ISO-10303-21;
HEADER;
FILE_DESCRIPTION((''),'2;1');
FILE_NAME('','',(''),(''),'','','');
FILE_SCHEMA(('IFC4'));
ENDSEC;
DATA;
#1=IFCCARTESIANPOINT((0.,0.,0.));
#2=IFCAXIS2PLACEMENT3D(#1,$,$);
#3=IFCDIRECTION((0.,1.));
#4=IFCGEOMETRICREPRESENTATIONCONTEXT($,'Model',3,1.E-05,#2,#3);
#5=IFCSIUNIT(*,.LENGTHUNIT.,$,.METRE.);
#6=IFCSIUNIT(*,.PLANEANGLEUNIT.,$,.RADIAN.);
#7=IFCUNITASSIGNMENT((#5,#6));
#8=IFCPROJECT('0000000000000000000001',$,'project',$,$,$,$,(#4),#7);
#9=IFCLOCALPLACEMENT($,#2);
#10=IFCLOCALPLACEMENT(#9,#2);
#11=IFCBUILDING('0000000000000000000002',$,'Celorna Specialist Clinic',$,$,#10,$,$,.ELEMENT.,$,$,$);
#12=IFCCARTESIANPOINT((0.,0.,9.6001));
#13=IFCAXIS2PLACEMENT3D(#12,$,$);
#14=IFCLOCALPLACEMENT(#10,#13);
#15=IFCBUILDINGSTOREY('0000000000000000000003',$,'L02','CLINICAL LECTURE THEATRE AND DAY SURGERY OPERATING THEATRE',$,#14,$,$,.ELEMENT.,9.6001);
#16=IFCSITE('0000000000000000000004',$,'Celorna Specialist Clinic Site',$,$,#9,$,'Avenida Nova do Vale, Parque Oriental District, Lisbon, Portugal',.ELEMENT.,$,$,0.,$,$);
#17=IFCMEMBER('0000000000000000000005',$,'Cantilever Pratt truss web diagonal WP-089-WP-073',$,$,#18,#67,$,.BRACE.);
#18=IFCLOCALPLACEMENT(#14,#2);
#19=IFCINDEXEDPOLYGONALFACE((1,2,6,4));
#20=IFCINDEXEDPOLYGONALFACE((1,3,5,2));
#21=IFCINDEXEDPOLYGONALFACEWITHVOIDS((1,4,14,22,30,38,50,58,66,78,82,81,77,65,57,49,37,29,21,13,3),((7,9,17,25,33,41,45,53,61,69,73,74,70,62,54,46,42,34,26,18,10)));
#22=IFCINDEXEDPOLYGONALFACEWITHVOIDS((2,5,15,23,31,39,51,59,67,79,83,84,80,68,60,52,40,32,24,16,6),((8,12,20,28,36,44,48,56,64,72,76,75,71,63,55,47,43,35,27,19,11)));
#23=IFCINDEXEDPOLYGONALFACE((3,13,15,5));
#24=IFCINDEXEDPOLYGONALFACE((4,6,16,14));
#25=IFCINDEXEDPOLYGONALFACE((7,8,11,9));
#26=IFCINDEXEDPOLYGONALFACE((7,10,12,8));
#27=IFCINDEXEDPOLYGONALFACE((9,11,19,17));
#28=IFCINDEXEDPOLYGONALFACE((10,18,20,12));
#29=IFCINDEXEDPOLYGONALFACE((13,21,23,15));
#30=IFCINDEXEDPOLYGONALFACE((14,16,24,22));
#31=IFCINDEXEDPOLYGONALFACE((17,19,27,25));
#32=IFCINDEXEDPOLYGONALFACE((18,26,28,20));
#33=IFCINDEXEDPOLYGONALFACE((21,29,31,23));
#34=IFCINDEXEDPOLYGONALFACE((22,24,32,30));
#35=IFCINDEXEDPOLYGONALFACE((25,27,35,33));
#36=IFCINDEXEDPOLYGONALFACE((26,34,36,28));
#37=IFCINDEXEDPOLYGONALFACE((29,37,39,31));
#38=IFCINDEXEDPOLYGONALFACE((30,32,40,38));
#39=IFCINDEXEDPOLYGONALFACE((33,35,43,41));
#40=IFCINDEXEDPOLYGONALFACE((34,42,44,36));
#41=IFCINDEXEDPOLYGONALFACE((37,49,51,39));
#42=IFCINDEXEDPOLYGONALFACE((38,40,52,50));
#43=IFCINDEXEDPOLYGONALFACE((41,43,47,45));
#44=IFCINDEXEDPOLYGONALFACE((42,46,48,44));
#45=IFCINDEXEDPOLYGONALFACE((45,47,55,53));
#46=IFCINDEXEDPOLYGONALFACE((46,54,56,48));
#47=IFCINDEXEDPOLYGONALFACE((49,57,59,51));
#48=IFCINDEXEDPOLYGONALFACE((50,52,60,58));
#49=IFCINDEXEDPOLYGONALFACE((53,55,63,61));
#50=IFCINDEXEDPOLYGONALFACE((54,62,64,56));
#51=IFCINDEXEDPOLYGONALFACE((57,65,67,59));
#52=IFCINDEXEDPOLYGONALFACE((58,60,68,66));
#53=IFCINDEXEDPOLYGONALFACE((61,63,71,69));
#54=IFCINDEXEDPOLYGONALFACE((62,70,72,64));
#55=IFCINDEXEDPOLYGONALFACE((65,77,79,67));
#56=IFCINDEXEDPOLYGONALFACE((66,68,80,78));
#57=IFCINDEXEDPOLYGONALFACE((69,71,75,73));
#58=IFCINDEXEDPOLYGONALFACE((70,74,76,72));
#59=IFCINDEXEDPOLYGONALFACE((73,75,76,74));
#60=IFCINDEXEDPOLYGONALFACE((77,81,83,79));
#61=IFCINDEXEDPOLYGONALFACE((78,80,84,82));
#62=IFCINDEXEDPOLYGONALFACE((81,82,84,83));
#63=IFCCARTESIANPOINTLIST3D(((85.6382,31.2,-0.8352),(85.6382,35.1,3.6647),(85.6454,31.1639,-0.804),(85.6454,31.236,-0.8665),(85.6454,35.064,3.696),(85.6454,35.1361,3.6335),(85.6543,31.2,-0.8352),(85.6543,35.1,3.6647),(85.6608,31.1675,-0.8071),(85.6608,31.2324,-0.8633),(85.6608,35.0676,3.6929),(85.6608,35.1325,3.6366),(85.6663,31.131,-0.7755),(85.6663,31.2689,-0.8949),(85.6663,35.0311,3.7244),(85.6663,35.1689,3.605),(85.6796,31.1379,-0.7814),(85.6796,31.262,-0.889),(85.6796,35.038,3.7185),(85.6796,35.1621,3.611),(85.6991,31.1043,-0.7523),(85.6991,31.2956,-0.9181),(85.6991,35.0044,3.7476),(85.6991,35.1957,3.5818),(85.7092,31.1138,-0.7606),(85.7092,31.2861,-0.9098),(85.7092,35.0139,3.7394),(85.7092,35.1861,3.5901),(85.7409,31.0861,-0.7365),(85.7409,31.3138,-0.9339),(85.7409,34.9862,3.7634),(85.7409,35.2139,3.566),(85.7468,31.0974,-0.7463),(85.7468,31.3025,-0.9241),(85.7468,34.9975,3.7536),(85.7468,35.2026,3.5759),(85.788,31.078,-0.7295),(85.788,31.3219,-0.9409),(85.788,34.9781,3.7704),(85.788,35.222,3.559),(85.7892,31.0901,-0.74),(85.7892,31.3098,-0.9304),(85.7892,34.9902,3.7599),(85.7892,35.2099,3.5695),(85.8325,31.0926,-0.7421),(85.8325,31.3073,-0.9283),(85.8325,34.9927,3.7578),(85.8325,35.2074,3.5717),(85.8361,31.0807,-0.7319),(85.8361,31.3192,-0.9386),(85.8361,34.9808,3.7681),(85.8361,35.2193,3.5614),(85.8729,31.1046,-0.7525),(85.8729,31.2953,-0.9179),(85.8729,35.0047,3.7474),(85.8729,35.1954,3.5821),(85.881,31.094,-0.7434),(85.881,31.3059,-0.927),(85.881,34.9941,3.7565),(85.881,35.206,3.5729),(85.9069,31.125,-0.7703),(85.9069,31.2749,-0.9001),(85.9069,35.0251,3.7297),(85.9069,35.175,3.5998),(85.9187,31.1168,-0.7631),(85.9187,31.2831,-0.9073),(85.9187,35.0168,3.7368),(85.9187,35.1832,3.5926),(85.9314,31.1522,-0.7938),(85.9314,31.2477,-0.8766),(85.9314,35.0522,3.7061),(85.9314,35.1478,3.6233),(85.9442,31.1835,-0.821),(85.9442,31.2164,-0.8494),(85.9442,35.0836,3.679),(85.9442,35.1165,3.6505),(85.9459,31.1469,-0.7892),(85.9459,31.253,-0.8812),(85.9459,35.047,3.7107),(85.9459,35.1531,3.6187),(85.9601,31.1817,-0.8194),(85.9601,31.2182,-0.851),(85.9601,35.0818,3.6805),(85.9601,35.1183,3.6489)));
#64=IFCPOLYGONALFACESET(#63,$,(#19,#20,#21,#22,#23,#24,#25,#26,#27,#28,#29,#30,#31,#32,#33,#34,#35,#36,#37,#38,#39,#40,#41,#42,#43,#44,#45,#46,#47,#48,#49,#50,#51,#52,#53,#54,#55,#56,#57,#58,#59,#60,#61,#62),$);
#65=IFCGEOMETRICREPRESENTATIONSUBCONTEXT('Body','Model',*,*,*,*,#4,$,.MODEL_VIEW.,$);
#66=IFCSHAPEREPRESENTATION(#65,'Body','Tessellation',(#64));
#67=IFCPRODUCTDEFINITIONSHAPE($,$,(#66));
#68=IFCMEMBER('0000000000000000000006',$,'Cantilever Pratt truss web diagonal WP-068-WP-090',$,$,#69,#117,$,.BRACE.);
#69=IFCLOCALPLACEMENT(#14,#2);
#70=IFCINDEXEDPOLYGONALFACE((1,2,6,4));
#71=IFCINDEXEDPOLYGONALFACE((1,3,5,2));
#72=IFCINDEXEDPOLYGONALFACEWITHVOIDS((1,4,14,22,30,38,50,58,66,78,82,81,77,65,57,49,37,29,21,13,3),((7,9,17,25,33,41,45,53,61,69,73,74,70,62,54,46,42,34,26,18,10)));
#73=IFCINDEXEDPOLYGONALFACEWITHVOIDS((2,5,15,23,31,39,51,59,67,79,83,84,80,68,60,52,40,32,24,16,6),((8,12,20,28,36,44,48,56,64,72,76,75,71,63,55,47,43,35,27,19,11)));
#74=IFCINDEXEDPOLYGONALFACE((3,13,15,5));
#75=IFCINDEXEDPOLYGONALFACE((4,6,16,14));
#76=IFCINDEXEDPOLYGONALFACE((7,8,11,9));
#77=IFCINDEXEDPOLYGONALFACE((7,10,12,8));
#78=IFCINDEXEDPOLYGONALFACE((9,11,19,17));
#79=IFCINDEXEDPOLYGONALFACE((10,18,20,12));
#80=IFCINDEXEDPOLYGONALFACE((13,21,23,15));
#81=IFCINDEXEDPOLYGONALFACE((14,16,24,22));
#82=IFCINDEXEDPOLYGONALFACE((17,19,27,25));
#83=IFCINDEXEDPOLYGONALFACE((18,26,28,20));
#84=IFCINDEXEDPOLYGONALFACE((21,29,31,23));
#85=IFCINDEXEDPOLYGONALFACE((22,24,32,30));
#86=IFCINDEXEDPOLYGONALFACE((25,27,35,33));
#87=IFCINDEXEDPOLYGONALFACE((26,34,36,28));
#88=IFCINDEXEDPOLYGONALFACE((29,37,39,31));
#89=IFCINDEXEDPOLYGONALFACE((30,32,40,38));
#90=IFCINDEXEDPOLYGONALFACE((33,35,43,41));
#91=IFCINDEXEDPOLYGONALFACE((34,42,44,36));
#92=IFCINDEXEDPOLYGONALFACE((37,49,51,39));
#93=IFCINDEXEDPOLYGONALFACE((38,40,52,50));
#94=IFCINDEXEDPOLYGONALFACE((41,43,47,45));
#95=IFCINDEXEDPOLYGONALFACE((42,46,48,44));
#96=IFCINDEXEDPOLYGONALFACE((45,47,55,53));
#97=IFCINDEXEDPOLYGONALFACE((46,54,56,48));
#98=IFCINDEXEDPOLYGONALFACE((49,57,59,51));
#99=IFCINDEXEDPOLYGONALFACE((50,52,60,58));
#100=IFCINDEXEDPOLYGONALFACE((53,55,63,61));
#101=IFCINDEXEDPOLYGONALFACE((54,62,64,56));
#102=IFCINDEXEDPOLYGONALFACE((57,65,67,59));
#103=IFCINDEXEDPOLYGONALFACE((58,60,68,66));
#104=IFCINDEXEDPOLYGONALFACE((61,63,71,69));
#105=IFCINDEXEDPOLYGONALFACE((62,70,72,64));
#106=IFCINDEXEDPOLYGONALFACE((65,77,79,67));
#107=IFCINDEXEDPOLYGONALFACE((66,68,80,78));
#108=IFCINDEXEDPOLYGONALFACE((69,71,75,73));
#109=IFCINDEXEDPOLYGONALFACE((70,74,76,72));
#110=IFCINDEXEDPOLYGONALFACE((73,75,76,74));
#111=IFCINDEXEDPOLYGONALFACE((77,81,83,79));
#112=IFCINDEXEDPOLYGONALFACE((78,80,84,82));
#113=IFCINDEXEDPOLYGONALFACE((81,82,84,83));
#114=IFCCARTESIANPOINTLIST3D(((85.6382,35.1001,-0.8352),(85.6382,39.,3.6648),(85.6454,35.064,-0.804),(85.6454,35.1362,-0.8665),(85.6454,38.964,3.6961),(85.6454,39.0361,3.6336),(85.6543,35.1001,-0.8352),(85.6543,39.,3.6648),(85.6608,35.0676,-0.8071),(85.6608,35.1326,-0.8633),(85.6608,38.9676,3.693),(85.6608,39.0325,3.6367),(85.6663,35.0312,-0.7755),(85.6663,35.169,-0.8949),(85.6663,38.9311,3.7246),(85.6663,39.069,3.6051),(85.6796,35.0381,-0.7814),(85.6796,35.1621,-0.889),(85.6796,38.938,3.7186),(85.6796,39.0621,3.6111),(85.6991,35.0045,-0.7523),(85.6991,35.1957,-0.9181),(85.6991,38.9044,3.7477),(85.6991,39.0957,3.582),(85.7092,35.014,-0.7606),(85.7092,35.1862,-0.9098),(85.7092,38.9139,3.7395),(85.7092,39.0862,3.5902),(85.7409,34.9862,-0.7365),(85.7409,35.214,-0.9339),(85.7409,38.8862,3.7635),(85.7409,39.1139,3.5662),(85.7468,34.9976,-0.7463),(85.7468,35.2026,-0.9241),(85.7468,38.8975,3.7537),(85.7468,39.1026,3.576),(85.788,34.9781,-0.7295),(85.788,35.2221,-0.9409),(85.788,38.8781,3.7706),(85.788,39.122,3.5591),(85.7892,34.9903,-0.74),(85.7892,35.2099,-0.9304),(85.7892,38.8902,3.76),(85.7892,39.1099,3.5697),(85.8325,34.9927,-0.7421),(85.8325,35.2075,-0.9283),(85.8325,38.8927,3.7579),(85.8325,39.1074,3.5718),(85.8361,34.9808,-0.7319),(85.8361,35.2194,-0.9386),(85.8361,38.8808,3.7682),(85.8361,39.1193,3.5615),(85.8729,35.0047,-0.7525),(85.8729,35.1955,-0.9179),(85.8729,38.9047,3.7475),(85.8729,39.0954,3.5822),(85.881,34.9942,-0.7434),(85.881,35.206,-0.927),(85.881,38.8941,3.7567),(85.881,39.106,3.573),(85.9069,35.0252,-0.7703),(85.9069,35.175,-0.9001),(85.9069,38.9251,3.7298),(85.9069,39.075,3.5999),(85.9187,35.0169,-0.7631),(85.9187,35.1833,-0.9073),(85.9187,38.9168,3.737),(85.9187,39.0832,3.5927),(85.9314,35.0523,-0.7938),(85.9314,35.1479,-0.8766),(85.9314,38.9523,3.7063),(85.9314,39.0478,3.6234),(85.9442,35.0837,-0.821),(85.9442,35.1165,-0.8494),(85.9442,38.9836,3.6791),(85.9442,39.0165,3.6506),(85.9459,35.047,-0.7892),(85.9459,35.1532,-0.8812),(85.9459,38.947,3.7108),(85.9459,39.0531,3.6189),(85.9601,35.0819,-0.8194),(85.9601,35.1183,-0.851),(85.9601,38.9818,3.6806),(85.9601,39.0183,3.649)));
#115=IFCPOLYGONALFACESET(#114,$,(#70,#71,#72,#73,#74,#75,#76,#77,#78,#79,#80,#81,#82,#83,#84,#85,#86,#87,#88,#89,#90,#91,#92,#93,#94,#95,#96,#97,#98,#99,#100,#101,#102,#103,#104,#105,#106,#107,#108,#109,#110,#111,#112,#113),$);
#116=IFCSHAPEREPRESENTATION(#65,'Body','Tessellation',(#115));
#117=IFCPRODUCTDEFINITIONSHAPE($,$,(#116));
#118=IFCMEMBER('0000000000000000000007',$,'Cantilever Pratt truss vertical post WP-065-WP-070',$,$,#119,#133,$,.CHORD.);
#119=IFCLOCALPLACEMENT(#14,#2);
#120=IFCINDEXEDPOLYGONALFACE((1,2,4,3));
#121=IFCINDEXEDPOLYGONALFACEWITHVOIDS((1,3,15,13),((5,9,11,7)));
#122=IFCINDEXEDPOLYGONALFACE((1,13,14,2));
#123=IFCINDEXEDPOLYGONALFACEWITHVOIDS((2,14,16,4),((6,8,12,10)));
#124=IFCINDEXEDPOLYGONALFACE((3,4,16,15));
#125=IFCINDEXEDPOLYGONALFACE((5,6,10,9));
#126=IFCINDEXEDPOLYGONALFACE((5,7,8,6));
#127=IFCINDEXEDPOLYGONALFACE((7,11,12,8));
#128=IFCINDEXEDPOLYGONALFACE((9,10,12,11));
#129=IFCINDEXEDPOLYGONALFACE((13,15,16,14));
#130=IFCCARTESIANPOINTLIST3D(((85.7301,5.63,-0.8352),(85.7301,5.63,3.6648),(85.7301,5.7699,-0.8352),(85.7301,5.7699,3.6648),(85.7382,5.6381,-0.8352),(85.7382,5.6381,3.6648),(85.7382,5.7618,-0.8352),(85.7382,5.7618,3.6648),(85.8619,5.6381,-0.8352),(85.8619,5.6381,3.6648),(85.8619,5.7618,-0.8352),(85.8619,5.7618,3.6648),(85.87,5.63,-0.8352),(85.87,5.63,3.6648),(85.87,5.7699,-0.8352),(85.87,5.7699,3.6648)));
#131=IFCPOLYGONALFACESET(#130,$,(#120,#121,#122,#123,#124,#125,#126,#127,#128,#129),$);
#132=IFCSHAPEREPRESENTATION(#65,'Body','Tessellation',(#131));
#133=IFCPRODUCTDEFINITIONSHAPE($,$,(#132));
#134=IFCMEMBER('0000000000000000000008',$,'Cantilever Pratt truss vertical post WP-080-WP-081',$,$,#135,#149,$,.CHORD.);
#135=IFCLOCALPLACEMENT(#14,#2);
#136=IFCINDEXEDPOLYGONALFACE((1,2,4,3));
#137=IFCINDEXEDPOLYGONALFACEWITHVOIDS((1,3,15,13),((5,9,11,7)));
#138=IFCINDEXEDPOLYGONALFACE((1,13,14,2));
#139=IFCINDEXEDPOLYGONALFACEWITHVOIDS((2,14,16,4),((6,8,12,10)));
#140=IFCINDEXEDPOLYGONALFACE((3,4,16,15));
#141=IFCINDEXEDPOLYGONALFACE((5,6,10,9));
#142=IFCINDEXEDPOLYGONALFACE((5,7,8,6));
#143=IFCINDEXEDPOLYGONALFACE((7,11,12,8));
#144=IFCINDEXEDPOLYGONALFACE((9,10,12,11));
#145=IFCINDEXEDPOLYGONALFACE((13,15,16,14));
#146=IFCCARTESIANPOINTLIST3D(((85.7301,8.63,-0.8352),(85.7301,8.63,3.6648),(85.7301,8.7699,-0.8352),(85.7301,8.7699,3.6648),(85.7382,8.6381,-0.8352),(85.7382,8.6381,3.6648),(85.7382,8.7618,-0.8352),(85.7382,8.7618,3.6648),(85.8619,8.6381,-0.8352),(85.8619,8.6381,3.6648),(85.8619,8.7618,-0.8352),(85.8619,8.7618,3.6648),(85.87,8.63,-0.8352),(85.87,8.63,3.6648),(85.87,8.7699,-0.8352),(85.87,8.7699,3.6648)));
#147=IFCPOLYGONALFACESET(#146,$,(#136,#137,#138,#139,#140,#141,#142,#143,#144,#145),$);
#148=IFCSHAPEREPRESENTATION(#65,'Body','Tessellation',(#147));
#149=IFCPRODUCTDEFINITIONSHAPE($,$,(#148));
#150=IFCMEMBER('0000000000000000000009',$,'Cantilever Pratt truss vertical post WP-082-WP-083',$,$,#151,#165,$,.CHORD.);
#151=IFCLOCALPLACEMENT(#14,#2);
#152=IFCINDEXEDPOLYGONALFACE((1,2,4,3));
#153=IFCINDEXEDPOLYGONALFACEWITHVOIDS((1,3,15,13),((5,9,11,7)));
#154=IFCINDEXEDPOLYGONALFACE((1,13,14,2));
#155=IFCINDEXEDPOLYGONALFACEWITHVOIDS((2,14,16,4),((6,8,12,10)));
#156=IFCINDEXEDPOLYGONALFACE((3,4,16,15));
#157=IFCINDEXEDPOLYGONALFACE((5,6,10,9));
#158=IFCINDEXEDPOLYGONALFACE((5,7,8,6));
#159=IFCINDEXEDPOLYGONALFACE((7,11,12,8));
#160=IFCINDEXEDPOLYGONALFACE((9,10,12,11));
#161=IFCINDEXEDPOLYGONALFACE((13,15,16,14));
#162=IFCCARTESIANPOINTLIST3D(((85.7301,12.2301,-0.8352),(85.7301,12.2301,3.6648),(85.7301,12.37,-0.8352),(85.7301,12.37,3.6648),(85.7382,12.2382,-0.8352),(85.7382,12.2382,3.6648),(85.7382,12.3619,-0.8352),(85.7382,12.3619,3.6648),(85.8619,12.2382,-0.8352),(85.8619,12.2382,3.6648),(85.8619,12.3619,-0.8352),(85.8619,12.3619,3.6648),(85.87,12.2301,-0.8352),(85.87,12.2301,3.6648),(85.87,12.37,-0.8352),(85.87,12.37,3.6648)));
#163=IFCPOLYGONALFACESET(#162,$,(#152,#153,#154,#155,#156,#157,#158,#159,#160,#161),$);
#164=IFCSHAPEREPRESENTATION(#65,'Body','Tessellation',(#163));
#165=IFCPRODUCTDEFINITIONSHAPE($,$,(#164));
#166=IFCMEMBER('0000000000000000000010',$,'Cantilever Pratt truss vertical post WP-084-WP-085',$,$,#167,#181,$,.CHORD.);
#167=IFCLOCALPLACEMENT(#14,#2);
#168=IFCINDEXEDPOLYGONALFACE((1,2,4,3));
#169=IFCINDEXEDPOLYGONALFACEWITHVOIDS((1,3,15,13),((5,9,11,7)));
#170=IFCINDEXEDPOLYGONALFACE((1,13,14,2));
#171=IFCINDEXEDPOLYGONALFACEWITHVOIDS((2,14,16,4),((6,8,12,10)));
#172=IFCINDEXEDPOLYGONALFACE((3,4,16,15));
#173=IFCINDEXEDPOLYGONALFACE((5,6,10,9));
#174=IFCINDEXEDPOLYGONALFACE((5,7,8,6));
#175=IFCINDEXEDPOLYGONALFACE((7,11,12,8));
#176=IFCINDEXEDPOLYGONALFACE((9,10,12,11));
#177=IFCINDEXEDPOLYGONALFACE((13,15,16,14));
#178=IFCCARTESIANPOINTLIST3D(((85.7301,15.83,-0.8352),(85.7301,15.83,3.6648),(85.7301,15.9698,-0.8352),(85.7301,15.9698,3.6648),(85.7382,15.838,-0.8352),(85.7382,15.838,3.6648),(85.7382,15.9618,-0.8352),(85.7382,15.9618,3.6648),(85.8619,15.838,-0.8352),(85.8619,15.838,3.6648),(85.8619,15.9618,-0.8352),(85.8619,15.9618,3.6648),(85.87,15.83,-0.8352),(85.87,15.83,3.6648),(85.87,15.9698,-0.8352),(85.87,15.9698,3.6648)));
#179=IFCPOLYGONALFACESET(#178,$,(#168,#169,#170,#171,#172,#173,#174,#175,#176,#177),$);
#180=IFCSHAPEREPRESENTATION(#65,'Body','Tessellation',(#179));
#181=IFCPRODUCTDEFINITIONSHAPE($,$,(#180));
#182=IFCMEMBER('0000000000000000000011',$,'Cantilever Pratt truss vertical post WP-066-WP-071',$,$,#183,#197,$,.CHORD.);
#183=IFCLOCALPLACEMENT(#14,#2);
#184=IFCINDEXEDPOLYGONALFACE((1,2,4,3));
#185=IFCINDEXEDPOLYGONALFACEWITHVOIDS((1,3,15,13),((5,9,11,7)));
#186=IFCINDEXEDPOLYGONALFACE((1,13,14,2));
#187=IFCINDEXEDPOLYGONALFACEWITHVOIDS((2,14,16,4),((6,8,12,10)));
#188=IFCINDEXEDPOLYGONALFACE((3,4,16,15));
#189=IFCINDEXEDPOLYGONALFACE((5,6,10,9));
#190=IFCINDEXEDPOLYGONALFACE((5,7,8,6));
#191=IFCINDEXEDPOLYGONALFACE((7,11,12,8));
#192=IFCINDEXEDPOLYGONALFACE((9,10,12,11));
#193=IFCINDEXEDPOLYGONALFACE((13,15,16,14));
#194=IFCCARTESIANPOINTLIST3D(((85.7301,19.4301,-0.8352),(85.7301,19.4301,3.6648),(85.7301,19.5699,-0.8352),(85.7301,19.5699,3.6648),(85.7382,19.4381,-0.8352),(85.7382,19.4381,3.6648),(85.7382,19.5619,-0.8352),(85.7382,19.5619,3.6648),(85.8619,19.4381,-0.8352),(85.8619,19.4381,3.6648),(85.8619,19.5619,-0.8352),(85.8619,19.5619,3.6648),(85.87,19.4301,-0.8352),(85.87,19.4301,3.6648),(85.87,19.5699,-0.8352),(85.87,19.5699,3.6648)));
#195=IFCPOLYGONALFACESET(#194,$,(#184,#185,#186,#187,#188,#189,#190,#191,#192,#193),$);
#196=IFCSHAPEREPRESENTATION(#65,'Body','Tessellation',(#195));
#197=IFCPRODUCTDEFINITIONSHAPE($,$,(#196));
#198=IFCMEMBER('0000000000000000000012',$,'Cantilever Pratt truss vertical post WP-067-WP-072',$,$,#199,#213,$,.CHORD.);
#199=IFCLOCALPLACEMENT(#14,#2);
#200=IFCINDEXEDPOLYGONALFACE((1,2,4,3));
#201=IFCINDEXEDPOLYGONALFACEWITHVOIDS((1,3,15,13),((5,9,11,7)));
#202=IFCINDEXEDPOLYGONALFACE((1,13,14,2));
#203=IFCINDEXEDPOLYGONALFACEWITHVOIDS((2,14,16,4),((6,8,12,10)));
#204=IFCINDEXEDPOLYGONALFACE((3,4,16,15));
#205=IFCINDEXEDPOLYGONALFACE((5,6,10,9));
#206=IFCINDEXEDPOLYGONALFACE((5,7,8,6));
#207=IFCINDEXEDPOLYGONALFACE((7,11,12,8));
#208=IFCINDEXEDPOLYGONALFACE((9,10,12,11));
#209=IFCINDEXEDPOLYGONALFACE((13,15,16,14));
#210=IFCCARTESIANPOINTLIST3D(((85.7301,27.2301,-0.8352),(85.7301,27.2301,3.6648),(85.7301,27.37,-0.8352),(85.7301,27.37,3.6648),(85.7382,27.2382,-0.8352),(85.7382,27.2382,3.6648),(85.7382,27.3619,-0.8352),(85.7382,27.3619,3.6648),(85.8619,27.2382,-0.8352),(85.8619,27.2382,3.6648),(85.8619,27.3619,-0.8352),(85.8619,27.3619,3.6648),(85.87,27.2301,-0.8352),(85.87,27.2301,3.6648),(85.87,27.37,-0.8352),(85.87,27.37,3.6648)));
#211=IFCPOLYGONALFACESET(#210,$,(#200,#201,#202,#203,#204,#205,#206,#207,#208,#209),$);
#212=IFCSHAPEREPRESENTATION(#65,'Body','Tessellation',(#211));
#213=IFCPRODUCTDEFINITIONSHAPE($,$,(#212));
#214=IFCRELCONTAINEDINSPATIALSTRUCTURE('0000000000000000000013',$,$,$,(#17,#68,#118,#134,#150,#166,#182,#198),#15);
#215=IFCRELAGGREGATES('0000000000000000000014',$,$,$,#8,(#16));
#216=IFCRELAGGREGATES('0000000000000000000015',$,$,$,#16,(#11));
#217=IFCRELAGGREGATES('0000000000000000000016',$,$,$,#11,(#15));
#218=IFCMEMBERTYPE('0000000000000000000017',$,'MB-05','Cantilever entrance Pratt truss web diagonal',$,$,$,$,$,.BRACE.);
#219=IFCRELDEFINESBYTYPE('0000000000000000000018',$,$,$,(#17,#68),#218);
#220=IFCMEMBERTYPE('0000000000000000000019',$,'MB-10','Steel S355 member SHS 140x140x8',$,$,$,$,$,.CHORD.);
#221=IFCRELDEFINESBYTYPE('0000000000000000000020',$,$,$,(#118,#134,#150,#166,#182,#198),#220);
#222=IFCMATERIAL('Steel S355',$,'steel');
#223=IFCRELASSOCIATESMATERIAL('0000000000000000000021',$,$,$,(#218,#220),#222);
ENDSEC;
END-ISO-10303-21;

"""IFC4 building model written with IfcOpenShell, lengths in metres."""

from ifc_helpers import new_model, si_unit, direction, frame, origin, origin_2d, place, context, subcontext, project, spatial, hollow_rectangle, hollow_circle, extrude, material, material_profile, profile_set, type_object, element, save


model = new_model("IFC4")

# Units and contexts
model_context = context("Model", 3, precision=1e-05, world=origin(), true_north=direction((0.0, 1.0)))
body_context = subcontext(model_context, "Body", "Model", "MODEL_VIEW")
ifc_project = project(units=[si_unit("LENGTHUNIT", "METRE"), si_unit("PLANEANGLEUNIT", "RADIAN")], contexts=[model_context])

# Site, building, storey
site_placement = place(None, origin())
site = spatial("IfcSite", under=ifc_project, at=site_placement, Name="Celorna Specialist Clinic Site", LongName="Avenida Nova do Vale, Parque Oriental District, Lisbon, Portugal", CompositionType="ELEMENT", RefElevation=0.0)
building_placement = place(site_placement, origin())
building = spatial("IfcBuilding", under=site, at=building_placement, Name="Celorna Specialist Clinic", CompositionType="ELEMENT")
storey_placement = place(building_placement, frame((0.0, 0.0, 9.6001)))
storey = spatial("IfcBuildingStorey", under=building, at=storey_placement, Name="L02", Description="CLINICAL LECTURE THEATRE AND DAY SURGERY OPERATING THEATRE", CompositionType="ELEMENT", Elevation=9.6001)

# Shared definitions
ifc_material_1 = material(Name="Steel S355", Category="steel")

# Members
ifc_material_profile_1 = material_profile(ifc_material_1, hollow_circle(Radius=0.1619, WallThickness=0.0161, at=origin_2d()), Name="CHS 323.9x16")
ifc_profile_set_1 = profile_set([ifc_material_profile_1], Name="Steel S355")
member_type_1 = type_object("IfcMemberType", Name="MB-05", Description="Cantilever entrance Pratt truss web diagonal", PredefinedType="BRACE", material=ifc_profile_set_1)
for number, where, z_axis, x_axis, name in (
    (1, (85.8, 31.2, -0.8352), (0.0, 0.654945, 0.755677), (-1.0, 0.0, 0.0), "Cantilever Pratt truss web diagonal WP-089-WP-073"),
    (2, (85.8, 35.1001, -0.8352), (0.0, 0.654921, 0.755697), (-1.0, 0.0, 0.0), "Cantilever Pratt truss web diagonal WP-068-WP-090"),
):
    element("IfcMember", number, at=place(storey_placement, frame(where, z_axis=z_axis, x_axis=x_axis)), inside=storey, type_object=member_type_1, Name=name, PredefinedType="BRACE", context=body_context, shape_type="SweptSolid", body=[
        extrude(hollow_circle(Radius=0.1619, WallThickness=0.0161, at=origin_2d()), origin(), (0.0, 0.0, 1.0), 5.9548),
    ])
ifc_material_profile_2 = material_profile(ifc_material_1, hollow_rectangle(XDim=0.1399, YDim=0.1399, WallThickness=0.0081, at=origin_2d()), Name="SHS 140x140x8")
ifc_profile_set_2 = profile_set([ifc_material_profile_2], Name="Steel S355")
member_type_2 = type_object("IfcMemberType", Name="MB-10", Description="Steel S355 member SHS 140x140x8", PredefinedType="CHORD", material=ifc_profile_set_2)
for number, where, z_axis, x_axis, name in (
    (3, (85.8, 5.7, -0.8352), (0.0, 0.0, 1.0), (1.0, 0.0, 0.0), "Cantilever Pratt truss vertical post WP-065-WP-070"),
    (4, (85.8, 8.7, -0.8352), (0.0, 0.0, 1.0), (1.0, 0.0, 0.0), "Cantilever Pratt truss vertical post WP-080-WP-081"),
    (5, (85.8, 12.3, -0.8352), (0.0, 0.0, 1.0), (1.0, 0.0, 0.0), "Cantilever Pratt truss vertical post WP-082-WP-083"),
    (6, (85.8, 15.8999, -0.8352), (0.0, 0.0, 1.0), (1.0, 0.0, 0.0), "Cantilever Pratt truss vertical post WP-084-WP-085"),
    (7, (85.8, 19.5, -0.8352), (0.0, 0.0, 1.0), (1.0, 0.0, 0.0), "Cantilever Pratt truss vertical post WP-066-WP-071"),
    (8, (85.8, 27.3, -0.8352), (0.0, 0.0, 1.0), (1.0, 0.0, 0.0), "Cantilever Pratt truss vertical post WP-067-WP-072"),
):
    element("IfcMember", number, at=place(storey_placement, frame(where, z_axis=z_axis, x_axis=x_axis)), inside=storey, type_object=member_type_2, Name=name, PredefinedType="CHORD", context=body_context, shape_type="SweptSolid", body=[
        extrude(hollow_rectangle(XDim=0.1399, YDim=0.1399, WallThickness=0.0081, at=origin_2d()), origin(), (0.0, 0.0, 1.0), 4.5),
    ])

save(model, "model.ifc")
